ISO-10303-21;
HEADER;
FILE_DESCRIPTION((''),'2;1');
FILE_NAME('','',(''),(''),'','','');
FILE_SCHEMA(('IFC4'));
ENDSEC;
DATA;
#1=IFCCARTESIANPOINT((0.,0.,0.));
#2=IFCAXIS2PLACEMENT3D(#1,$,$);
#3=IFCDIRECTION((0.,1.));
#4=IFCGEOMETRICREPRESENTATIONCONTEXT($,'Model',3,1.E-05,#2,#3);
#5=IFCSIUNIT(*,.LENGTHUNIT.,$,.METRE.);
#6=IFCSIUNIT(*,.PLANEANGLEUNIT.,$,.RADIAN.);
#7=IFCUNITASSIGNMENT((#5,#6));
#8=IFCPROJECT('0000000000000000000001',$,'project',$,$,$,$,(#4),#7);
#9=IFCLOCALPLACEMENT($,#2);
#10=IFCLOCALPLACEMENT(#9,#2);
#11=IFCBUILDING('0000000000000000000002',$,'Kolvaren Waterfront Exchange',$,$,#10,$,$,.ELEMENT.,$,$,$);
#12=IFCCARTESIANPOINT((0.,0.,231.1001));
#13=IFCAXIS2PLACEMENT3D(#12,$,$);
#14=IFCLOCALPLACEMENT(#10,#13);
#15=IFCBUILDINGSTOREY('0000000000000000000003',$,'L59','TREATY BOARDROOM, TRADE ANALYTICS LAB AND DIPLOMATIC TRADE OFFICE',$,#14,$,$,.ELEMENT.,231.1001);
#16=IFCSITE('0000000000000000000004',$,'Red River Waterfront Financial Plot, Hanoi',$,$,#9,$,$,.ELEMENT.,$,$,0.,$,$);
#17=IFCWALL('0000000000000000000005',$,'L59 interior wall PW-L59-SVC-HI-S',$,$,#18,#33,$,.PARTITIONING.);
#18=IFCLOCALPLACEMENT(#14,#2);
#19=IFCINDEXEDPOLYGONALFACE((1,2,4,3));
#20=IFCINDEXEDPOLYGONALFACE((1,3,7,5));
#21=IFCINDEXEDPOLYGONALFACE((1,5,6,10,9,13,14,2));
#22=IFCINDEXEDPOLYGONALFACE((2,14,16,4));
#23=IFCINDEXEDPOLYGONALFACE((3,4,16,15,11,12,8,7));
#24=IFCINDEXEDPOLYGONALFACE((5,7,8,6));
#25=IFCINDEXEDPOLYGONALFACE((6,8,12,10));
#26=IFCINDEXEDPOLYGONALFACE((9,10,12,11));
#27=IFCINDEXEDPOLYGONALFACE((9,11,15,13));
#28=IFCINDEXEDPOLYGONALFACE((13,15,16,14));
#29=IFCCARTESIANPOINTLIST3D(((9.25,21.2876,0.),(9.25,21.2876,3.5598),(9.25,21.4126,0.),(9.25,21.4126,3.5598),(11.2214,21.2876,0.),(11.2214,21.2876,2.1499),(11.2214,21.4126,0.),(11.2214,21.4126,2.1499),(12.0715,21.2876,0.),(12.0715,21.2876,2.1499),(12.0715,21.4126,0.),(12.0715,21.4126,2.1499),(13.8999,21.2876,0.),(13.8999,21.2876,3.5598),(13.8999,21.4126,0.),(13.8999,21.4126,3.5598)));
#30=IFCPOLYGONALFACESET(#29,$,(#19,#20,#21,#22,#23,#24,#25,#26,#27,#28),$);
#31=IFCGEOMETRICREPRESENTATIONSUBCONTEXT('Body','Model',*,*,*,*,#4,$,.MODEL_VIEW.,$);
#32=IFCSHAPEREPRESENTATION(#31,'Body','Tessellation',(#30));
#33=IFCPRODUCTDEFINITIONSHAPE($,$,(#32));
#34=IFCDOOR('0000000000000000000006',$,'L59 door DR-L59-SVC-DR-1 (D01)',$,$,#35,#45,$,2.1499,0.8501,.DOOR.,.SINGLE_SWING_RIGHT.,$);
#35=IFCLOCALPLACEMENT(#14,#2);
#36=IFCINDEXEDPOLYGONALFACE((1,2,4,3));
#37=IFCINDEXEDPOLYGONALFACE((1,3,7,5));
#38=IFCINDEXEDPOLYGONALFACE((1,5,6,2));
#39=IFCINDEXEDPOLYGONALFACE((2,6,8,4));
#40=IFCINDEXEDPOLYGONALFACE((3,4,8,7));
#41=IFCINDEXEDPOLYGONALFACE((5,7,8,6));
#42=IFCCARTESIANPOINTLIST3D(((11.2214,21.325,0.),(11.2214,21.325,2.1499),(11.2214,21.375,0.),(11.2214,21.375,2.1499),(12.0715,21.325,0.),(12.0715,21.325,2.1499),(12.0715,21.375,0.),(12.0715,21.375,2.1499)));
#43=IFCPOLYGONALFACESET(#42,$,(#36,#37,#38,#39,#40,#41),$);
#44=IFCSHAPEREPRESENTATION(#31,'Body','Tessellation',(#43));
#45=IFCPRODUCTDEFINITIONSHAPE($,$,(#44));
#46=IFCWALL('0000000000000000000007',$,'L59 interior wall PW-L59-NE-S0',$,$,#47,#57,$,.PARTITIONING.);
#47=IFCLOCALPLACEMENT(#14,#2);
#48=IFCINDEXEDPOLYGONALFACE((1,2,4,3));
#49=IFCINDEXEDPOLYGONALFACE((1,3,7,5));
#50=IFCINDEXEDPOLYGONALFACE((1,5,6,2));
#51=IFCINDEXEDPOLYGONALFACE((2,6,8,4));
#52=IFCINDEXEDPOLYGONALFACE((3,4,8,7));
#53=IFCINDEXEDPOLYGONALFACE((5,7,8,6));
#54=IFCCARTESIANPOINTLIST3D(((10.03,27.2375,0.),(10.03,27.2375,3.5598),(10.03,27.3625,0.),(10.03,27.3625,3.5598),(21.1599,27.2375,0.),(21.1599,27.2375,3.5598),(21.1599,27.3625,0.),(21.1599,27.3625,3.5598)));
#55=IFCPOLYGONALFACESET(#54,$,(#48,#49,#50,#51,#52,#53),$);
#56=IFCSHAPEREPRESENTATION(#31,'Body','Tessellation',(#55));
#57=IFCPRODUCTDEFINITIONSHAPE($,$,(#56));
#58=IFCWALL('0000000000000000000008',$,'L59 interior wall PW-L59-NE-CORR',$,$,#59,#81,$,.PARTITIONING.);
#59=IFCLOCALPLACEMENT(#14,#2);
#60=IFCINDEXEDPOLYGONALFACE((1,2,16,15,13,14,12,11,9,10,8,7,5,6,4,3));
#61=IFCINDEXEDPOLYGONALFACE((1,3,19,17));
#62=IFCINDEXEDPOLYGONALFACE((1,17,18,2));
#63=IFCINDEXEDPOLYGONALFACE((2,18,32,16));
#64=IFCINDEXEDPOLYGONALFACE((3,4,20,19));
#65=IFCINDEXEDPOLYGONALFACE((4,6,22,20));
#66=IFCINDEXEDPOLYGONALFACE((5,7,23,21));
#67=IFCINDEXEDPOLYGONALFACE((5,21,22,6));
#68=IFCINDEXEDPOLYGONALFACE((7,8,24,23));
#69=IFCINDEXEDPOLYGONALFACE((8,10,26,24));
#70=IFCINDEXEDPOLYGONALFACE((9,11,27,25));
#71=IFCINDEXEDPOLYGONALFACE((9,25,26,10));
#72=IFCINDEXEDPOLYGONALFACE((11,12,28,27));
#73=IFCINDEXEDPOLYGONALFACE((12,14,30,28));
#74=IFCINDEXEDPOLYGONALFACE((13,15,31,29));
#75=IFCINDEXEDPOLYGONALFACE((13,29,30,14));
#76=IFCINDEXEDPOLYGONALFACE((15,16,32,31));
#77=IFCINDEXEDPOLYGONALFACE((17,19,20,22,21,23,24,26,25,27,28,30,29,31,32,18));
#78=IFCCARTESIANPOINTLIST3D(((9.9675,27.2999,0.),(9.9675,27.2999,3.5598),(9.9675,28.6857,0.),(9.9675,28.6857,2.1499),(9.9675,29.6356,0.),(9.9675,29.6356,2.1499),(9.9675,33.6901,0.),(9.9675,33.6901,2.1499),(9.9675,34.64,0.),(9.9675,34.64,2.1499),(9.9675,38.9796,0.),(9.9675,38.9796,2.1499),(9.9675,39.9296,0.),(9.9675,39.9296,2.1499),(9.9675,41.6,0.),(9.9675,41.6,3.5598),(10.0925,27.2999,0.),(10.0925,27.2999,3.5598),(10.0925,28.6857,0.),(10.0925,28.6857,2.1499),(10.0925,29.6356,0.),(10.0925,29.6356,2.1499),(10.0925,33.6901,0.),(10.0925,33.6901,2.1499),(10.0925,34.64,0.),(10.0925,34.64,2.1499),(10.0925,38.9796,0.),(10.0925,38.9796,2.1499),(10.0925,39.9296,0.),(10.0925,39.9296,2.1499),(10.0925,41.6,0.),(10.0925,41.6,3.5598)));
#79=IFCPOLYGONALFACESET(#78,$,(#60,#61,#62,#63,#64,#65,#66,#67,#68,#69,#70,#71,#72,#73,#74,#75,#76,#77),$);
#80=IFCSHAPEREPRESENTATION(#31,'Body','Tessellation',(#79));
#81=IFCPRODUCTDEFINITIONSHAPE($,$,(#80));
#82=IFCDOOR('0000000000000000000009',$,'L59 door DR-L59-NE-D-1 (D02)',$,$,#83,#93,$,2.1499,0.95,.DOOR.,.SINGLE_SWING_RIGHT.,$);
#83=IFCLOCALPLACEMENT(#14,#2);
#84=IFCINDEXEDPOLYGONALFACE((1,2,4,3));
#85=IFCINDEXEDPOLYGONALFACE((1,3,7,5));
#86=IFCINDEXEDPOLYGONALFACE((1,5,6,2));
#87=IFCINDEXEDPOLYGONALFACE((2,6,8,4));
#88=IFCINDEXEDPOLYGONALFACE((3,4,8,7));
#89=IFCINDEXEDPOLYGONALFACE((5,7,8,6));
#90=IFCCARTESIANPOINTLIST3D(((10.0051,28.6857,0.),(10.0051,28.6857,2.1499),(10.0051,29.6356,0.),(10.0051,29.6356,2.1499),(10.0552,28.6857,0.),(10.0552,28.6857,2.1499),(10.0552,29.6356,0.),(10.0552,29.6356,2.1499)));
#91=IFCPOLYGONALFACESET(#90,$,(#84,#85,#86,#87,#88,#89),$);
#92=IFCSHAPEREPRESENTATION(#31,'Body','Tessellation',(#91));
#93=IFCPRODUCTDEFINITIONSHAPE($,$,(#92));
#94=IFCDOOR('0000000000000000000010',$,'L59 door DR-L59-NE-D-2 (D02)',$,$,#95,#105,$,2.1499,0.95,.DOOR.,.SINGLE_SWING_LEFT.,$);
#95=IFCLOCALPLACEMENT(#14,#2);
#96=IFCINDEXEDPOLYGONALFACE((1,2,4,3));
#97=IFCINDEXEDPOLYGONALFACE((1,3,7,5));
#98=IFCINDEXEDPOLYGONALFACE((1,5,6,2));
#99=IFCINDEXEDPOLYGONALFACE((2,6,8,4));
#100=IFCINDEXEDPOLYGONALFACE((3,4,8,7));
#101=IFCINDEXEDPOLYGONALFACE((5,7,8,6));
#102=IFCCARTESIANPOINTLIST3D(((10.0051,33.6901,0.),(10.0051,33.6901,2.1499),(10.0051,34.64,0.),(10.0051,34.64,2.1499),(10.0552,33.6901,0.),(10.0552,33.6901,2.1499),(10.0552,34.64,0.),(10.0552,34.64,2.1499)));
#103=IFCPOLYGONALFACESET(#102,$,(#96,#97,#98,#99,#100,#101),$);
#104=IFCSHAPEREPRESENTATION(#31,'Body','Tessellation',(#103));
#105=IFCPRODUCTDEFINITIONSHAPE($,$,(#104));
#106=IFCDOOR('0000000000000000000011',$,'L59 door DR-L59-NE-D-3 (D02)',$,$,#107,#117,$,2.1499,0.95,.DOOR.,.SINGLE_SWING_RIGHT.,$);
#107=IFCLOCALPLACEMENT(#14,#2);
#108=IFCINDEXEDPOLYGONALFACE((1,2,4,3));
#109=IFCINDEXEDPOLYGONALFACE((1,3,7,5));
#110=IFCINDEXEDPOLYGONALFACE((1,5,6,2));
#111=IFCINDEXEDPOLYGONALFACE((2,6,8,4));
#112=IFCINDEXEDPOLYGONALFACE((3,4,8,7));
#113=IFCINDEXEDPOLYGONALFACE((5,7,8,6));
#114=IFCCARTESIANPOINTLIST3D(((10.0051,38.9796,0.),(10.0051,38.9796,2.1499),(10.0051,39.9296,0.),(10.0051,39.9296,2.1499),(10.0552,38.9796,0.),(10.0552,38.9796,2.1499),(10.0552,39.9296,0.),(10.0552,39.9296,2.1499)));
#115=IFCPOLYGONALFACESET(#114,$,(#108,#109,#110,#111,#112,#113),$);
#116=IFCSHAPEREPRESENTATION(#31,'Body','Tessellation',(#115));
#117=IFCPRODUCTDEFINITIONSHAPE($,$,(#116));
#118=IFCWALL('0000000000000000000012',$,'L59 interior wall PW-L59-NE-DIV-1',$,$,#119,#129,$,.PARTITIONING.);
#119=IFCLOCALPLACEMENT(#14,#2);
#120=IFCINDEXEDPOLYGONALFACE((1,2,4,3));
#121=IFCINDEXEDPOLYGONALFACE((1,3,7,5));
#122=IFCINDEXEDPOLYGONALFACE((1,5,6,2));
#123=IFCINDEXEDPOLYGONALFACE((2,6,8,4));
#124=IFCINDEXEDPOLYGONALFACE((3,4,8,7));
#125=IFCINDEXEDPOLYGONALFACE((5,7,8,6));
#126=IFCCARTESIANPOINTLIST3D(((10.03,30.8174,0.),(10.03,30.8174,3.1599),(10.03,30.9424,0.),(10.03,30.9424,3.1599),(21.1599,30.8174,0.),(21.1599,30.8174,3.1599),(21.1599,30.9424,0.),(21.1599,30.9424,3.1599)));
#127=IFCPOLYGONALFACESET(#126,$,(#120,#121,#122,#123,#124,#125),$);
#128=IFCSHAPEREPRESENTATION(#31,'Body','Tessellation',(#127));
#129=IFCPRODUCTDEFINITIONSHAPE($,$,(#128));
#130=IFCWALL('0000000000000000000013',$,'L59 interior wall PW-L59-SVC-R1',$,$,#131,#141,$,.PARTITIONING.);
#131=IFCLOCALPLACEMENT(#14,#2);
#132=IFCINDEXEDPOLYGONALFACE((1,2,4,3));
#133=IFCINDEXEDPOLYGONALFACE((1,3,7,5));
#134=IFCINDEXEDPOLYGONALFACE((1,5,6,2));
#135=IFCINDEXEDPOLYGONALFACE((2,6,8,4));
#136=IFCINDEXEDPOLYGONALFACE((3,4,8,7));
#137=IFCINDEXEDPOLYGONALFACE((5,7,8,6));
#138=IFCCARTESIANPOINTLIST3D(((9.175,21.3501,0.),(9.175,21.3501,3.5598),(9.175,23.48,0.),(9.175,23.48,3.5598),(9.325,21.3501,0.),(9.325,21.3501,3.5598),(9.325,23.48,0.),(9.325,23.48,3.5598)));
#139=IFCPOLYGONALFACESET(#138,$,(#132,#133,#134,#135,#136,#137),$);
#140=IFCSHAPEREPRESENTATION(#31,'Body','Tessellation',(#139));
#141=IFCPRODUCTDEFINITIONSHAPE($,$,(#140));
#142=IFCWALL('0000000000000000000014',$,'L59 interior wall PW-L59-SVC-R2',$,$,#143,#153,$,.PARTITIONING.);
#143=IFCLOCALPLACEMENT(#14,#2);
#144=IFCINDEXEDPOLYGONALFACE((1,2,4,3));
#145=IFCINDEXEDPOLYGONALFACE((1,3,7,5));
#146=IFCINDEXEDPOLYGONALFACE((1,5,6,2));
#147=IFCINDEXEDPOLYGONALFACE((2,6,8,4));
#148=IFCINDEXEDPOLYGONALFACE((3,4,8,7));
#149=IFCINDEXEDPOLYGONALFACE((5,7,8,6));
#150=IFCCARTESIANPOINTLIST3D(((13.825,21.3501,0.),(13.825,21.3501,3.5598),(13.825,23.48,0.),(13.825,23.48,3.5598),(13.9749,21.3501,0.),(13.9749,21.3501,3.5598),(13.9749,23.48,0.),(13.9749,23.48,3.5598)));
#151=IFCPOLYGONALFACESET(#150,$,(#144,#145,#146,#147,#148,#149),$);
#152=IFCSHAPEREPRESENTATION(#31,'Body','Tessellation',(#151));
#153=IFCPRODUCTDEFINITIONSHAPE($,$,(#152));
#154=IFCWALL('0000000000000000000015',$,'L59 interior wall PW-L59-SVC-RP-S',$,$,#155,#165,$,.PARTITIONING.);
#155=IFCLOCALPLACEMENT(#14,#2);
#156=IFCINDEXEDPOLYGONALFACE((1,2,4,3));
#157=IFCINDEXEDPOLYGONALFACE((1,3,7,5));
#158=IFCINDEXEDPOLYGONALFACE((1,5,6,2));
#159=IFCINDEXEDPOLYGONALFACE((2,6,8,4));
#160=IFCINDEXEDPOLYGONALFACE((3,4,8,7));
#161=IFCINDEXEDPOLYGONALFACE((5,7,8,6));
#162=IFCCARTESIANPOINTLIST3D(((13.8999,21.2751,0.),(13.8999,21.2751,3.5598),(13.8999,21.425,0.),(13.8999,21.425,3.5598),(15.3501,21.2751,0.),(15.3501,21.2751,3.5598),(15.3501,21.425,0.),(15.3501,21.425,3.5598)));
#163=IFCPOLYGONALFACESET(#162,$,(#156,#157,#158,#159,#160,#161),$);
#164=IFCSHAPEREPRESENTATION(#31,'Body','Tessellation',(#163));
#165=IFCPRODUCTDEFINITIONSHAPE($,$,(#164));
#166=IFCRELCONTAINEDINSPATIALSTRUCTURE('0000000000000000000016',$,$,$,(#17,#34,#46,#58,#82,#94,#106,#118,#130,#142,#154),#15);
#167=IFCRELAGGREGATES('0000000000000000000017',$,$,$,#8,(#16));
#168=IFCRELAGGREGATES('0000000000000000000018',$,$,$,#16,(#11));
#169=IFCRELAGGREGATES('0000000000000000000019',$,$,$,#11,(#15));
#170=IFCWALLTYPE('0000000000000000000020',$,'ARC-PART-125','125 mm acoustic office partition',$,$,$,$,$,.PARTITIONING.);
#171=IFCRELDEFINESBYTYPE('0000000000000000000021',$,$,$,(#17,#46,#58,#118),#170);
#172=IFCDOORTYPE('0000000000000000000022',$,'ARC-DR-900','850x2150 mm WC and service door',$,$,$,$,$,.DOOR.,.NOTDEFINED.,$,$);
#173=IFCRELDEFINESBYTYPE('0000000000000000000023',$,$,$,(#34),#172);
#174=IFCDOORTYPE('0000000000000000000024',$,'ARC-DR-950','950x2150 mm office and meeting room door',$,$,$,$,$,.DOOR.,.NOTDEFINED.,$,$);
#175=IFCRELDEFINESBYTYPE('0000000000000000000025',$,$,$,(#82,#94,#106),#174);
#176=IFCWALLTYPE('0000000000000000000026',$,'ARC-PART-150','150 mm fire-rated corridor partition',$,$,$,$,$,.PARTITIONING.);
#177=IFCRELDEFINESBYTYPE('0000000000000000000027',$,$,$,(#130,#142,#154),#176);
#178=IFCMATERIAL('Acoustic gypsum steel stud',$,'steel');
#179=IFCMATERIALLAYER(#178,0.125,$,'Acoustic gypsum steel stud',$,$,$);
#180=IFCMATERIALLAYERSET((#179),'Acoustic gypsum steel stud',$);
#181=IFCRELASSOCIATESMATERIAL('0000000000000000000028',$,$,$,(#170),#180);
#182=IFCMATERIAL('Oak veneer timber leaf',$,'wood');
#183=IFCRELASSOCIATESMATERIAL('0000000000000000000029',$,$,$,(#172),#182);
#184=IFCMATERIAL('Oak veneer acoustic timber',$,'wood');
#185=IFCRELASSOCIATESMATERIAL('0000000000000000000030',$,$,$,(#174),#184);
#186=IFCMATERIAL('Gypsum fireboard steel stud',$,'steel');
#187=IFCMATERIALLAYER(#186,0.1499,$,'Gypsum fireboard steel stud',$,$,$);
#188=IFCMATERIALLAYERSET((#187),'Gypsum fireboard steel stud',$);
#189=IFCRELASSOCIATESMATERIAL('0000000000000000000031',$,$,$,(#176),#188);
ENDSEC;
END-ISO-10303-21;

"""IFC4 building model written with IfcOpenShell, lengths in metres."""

from ifc_helpers import new_model, si_unit, direction, frame, frame_2d, origin, place, context, subcontext, project, spatial, rectangle, extrude, material, layer, layer_set, type_object, element, fill, save


model = new_model("IFC4")

# Units and contexts
model_context = context("Model", 3, precision=1e-05, world=origin(), true_north=direction((0.0, 1.0)))
body_context = subcontext(model_context, "Body", "Model", "MODEL_VIEW")
ifc_project = project(units=[si_unit("LENGTHUNIT", "METRE"), si_unit("PLANEANGLEUNIT", "RADIAN")], contexts=[model_context])

# Site, building, storey
site_placement = place(None, origin())
site = spatial("IfcSite", under=ifc_project, at=site_placement, Name="Red River Waterfront Financial Plot, Hanoi", CompositionType="ELEMENT", RefElevation=0.0)
building_placement = place(site_placement, origin())
building = spatial("IfcBuilding", under=site, at=building_placement, Name="Kolvaren Waterfront Exchange", CompositionType="ELEMENT")
storey_placement = place(building_placement, frame((0.0, 0.0, 231.1001)))
storey = spatial("IfcBuildingStorey", under=building, at=storey_placement, Name="L59", Description="TREATY BOARDROOM, TRADE ANALYTICS LAB AND DIPLOMATIC TRADE OFFICE", CompositionType="ELEMENT", Elevation=231.1001)

# Wall, opening, door
ifc_material_1 = material(Name="Acoustic gypsum steel stud", Category="steel")
ifc_layer_1 = layer(ifc_material_1, 0.125, Name="Acoustic gypsum steel stud")
ifc_layer_set_1 = layer_set([ifc_layer_1], Name="Acoustic gypsum steel stud")
wall_type_1 = type_object("IfcWallType", Name="ARC-PART-125", Description="125 mm acoustic office partition", PredefinedType="PARTITIONING", material=ifc_layer_set_1)
wall_1_placement = place(storey_placement, frame((9.25, 21.3501, 0.0), z_axis=(0.0, 0.0, 1.0), x_axis=(1.0, 0.0, 0.0)))
wall_1 = element("IfcWall", 1, at=wall_1_placement, inside=storey, type_object=wall_type_1, Name="L59 interior wall PW-L59-SVC-HI-S", PredefinedType="PARTITIONING", context=body_context, shape_type="SweptSolid", body=[
    extrude(rectangle(XDim=4.6499, YDim=0.125, at=frame_2d((2.325, 0.0))), origin(), (0.0, 0.0, 1.0), 3.5598),
])
opening_1_placement = place(wall_1_placement, frame((1.9714, 0.0, 0.0)))
opening_1 = element("IfcOpeningElement", 2, at=opening_1_placement, cuts=wall_1, PredefinedType="OPENING", context=body_context, shape_type="SweptSolid", body=[
    extrude(rectangle(XDim=0.8501, YDim=2.1499, at=frame_2d((0.425, 1.075))), frame((0.0, 0.0725, 0.0), z_axis=(0.0, -1.0, 0.0), x_axis=(1.0, 0.0, 0.0)), (0.0, 0.0, 1.0), 0.145),
])
ifc_material_2 = material(Name="Oak veneer timber leaf", Category="wood")
door_type_1 = type_object("IfcDoorType", Name="ARC-DR-900", Description="850x2150 mm WC and service door", OperationType="NOTDEFINED", PredefinedType="DOOR", material=ifc_material_2)
door_1_placement = place(opening_1_placement, origin())
door_1 = element("IfcDoor", 3, at=door_1_placement, inside=storey, type_object=door_type_1, Name="L59 door DR-L59-SVC-DR-1 (D01)", OperationType="SINGLE_SWING_RIGHT", OverallHeight=2.1499, OverallWidth=0.8501, PredefinedType="DOOR", context=body_context, shape_type="SweptSolid", body=[
    extrude(rectangle(XDim=0.8501, YDim=2.1499, at=frame_2d((0.425, 1.075))), frame((0.0, 0.0249, 0.0), z_axis=(0.0, -1.0, 0.0), x_axis=(1.0, 0.0, 0.0)), (0.0, 0.0, 1.0), 0.05),
])
fill(opening_1, door_1)

# Wall
wall_2_placement = place(storey_placement, frame((10.03, 27.3, 0.0), z_axis=(0.0, 0.0, 1.0), x_axis=(1.0, 0.0, 0.0)))
element("IfcWall", 4, at=wall_2_placement, inside=storey, type_object=wall_type_1, Name="L59 interior wall PW-L59-NE-S0", PredefinedType="PARTITIONING", context=body_context, shape_type="SweptSolid", body=[
    extrude(rectangle(XDim=11.1299, YDim=0.125, at=frame_2d((5.5649, 0.0))), origin(), (0.0, 0.0, 1.0), 3.5598),
])

# Wall, openings, doors
wall_3_placement = place(storey_placement, frame((10.03, 27.3, 0.0), z_axis=(0.0, 0.0, 1.0), x_axis=(0.0, 1.0, 0.0)))
wall_3 = element("IfcWall", 5, at=wall_3_placement, inside=storey, type_object=wall_type_1, Name="L59 interior wall PW-L59-NE-CORR", PredefinedType="PARTITIONING", context=body_context, shape_type="SweptSolid", body=[
    extrude(rectangle(XDim=14.3, YDim=0.125, at=frame_2d((7.1499, 0.0))), origin(), (0.0, 0.0, 1.0), 3.5598),
])
opening_2_placement = place(wall_3_placement, frame((1.3855, 0.0, 0.0)))
opening_2 = element("IfcOpeningElement", 6, at=opening_2_placement, cuts=wall_3, PredefinedType="OPENING", context=body_context, shape_type="SweptSolid", body=[
    extrude(rectangle(XDim=0.95, YDim=2.1499, at=frame_2d((0.4751, 1.075))), frame((0.0, 0.0725, 0.0), z_axis=(0.0, -1.0, 0.0), x_axis=(1.0, 0.0, 0.0)), (0.0, 0.0, 1.0), 0.145),
])
opening_3_placement = place(wall_3_placement, frame((6.3899, 0.0, 0.0)))
opening_3 = element("IfcOpeningElement", 7, at=opening_3_placement, cuts=wall_3, PredefinedType="OPENING", context=body_context, shape_type="SweptSolid", body=[
    extrude(rectangle(XDim=0.95, YDim=2.1499, at=frame_2d((0.4751, 1.075))), frame((0.0, 0.0725, 0.0), z_axis=(0.0, -1.0, 0.0), x_axis=(1.0, 0.0, 0.0)), (0.0, 0.0, 1.0), 0.145),
])
opening_4_placement = place(wall_3_placement, frame((11.6794, 0.0, 0.0)))
opening_4 = element("IfcOpeningElement", 8, at=opening_4_placement, cuts=wall_3, PredefinedType="OPENING", context=body_context, shape_type="SweptSolid", body=[
    extrude(rectangle(XDim=0.95, YDim=2.1499, at=frame_2d((0.4751, 1.075))), frame((0.0, 0.0725, 0.0), z_axis=(0.0, -1.0, 0.0), x_axis=(1.0, 0.0, 0.0)), (0.0, 0.0, 1.0), 0.145),
])
ifc_material_3 = material(Name="Oak veneer acoustic timber", Category="wood")
door_type_2 = type_object("IfcDoorType", Name="ARC-DR-950", Description="950x2150 mm office and meeting room door", OperationType="NOTDEFINED", PredefinedType="DOOR", material=ifc_material_3)
door_2_placement = place(opening_2_placement, origin())
door_2 = element("IfcDoor", 9, at=door_2_placement, inside=storey, type_object=door_type_2, Name="L59 door DR-L59-NE-D-1 (D02)", OperationType="SINGLE_SWING_RIGHT", OverallHeight=2.1499, OverallWidth=0.95, PredefinedType="DOOR", context=body_context, shape_type="SweptSolid", body=[
    extrude(rectangle(XDim=0.95, YDim=2.1499, at=frame_2d((0.4751, 1.075))), frame((0.0, 0.0249, 0.0), z_axis=(0.0, -1.0, 0.0), x_axis=(1.0, 0.0, 0.0)), (0.0, 0.0, 1.0), 0.05),
])
fill(opening_2, door_2)
door_3_placement = place(opening_3_placement, origin())
door_3 = element("IfcDoor", 10, at=door_3_placement, inside=storey, type_object=door_type_2, Name="L59 door DR-L59-NE-D-2 (D02)", OperationType="SINGLE_SWING_LEFT", OverallHeight=2.1499, OverallWidth=0.95, PredefinedType="DOOR", context=body_context, shape_type="SweptSolid", body=[
    extrude(rectangle(XDim=0.95, YDim=2.1499, at=frame_2d((0.4751, 1.075))), frame((0.0, 0.0249, 0.0), z_axis=(0.0, -1.0, 0.0), x_axis=(1.0, 0.0, 0.0)), (0.0, 0.0, 1.0), 0.05),
])
fill(opening_3, door_3)
door_4_placement = place(opening_4_placement, origin())
door_4 = element("IfcDoor", 11, at=door_4_placement, inside=storey, type_object=door_type_2, Name="L59 door DR-L59-NE-D-3 (D02)", OperationType="SINGLE_SWING_RIGHT", OverallHeight=2.1499, OverallWidth=0.95, PredefinedType="DOOR", context=body_context, shape_type="SweptSolid", body=[
    extrude(rectangle(XDim=0.95, YDim=2.1499, at=frame_2d((0.4751, 1.075))), frame((0.0, 0.0249, 0.0), z_axis=(0.0, -1.0, 0.0), x_axis=(1.0, 0.0, 0.0)), (0.0, 0.0, 1.0), 0.05),
])
fill(opening_4, door_4)

# Walls
wall_4_placement = place(storey_placement, frame((10.03, 30.8799, 0.0), z_axis=(0.0, 0.0, 1.0), x_axis=(1.0, 0.0, 0.0)))
element("IfcWall", 12, at=wall_4_placement, inside=storey, type_object=wall_type_1, Name="L59 interior wall PW-L59-NE-DIV-1", PredefinedType="PARTITIONING", context=body_context, shape_type="SweptSolid", body=[
    extrude(rectangle(XDim=11.1299, YDim=0.125, at=frame_2d((5.5649, 0.0))), origin(), (0.0, 0.0, 1.0), 3.1599),
])
ifc_material_4 = material(Name="Gypsum fireboard steel stud", Category="steel")
ifc_layer_2 = layer(ifc_material_4, 0.1499, Name="Gypsum fireboard steel stud")
ifc_layer_set_2 = layer_set([ifc_layer_2], Name="Gypsum fireboard steel stud")
wall_type_2 = type_object("IfcWallType", Name="ARC-PART-150", Description="150 mm fire-rated corridor partition", PredefinedType="PARTITIONING", material=ifc_layer_set_2)
for number, where, z_axis, x_axis, name in (
    (13, (9.25, 21.3501, 0.0), (0.0, 0.0, 1.0), (0.0, 1.0, 0.0), "L59 interior wall PW-L59-SVC-R1"),
    (14, (13.8999, 21.3501, 0.0), (0.0, 0.0, 1.0), (0.0, 1.0, 0.0), "L59 interior wall PW-L59-SVC-R2"),
):
    element("IfcWall", number, at=place(storey_placement, frame(where, z_axis=z_axis, x_axis=x_axis)), inside=storey, type_object=wall_type_2, Name=name, PredefinedType="PARTITIONING", context=body_context, shape_type="SweptSolid", body=[
        extrude(rectangle(XDim=2.1299, YDim=0.1499, at=frame_2d((1.0649, 0.0))), origin(), (0.0, 0.0, 1.0), 3.5598),
    ])
wall_5_placement = place(storey_placement, frame((13.8999, 21.3501, 0.0), z_axis=(0.0, 0.0, 1.0), x_axis=(1.0, 0.0, 0.0)))
element("IfcWall", 15, at=wall_5_placement, inside=storey, type_object=wall_type_2, Name="L59 interior wall PW-L59-SVC-RP-S", PredefinedType="PARTITIONING", context=body_context, shape_type="SweptSolid", body=[
    extrude(rectangle(XDim=1.4502, YDim=0.1499, at=frame_2d((0.7251, 0.0))), origin(), (0.0, 0.0, 1.0), 3.5598),
])

save(model, "model.ifc")
